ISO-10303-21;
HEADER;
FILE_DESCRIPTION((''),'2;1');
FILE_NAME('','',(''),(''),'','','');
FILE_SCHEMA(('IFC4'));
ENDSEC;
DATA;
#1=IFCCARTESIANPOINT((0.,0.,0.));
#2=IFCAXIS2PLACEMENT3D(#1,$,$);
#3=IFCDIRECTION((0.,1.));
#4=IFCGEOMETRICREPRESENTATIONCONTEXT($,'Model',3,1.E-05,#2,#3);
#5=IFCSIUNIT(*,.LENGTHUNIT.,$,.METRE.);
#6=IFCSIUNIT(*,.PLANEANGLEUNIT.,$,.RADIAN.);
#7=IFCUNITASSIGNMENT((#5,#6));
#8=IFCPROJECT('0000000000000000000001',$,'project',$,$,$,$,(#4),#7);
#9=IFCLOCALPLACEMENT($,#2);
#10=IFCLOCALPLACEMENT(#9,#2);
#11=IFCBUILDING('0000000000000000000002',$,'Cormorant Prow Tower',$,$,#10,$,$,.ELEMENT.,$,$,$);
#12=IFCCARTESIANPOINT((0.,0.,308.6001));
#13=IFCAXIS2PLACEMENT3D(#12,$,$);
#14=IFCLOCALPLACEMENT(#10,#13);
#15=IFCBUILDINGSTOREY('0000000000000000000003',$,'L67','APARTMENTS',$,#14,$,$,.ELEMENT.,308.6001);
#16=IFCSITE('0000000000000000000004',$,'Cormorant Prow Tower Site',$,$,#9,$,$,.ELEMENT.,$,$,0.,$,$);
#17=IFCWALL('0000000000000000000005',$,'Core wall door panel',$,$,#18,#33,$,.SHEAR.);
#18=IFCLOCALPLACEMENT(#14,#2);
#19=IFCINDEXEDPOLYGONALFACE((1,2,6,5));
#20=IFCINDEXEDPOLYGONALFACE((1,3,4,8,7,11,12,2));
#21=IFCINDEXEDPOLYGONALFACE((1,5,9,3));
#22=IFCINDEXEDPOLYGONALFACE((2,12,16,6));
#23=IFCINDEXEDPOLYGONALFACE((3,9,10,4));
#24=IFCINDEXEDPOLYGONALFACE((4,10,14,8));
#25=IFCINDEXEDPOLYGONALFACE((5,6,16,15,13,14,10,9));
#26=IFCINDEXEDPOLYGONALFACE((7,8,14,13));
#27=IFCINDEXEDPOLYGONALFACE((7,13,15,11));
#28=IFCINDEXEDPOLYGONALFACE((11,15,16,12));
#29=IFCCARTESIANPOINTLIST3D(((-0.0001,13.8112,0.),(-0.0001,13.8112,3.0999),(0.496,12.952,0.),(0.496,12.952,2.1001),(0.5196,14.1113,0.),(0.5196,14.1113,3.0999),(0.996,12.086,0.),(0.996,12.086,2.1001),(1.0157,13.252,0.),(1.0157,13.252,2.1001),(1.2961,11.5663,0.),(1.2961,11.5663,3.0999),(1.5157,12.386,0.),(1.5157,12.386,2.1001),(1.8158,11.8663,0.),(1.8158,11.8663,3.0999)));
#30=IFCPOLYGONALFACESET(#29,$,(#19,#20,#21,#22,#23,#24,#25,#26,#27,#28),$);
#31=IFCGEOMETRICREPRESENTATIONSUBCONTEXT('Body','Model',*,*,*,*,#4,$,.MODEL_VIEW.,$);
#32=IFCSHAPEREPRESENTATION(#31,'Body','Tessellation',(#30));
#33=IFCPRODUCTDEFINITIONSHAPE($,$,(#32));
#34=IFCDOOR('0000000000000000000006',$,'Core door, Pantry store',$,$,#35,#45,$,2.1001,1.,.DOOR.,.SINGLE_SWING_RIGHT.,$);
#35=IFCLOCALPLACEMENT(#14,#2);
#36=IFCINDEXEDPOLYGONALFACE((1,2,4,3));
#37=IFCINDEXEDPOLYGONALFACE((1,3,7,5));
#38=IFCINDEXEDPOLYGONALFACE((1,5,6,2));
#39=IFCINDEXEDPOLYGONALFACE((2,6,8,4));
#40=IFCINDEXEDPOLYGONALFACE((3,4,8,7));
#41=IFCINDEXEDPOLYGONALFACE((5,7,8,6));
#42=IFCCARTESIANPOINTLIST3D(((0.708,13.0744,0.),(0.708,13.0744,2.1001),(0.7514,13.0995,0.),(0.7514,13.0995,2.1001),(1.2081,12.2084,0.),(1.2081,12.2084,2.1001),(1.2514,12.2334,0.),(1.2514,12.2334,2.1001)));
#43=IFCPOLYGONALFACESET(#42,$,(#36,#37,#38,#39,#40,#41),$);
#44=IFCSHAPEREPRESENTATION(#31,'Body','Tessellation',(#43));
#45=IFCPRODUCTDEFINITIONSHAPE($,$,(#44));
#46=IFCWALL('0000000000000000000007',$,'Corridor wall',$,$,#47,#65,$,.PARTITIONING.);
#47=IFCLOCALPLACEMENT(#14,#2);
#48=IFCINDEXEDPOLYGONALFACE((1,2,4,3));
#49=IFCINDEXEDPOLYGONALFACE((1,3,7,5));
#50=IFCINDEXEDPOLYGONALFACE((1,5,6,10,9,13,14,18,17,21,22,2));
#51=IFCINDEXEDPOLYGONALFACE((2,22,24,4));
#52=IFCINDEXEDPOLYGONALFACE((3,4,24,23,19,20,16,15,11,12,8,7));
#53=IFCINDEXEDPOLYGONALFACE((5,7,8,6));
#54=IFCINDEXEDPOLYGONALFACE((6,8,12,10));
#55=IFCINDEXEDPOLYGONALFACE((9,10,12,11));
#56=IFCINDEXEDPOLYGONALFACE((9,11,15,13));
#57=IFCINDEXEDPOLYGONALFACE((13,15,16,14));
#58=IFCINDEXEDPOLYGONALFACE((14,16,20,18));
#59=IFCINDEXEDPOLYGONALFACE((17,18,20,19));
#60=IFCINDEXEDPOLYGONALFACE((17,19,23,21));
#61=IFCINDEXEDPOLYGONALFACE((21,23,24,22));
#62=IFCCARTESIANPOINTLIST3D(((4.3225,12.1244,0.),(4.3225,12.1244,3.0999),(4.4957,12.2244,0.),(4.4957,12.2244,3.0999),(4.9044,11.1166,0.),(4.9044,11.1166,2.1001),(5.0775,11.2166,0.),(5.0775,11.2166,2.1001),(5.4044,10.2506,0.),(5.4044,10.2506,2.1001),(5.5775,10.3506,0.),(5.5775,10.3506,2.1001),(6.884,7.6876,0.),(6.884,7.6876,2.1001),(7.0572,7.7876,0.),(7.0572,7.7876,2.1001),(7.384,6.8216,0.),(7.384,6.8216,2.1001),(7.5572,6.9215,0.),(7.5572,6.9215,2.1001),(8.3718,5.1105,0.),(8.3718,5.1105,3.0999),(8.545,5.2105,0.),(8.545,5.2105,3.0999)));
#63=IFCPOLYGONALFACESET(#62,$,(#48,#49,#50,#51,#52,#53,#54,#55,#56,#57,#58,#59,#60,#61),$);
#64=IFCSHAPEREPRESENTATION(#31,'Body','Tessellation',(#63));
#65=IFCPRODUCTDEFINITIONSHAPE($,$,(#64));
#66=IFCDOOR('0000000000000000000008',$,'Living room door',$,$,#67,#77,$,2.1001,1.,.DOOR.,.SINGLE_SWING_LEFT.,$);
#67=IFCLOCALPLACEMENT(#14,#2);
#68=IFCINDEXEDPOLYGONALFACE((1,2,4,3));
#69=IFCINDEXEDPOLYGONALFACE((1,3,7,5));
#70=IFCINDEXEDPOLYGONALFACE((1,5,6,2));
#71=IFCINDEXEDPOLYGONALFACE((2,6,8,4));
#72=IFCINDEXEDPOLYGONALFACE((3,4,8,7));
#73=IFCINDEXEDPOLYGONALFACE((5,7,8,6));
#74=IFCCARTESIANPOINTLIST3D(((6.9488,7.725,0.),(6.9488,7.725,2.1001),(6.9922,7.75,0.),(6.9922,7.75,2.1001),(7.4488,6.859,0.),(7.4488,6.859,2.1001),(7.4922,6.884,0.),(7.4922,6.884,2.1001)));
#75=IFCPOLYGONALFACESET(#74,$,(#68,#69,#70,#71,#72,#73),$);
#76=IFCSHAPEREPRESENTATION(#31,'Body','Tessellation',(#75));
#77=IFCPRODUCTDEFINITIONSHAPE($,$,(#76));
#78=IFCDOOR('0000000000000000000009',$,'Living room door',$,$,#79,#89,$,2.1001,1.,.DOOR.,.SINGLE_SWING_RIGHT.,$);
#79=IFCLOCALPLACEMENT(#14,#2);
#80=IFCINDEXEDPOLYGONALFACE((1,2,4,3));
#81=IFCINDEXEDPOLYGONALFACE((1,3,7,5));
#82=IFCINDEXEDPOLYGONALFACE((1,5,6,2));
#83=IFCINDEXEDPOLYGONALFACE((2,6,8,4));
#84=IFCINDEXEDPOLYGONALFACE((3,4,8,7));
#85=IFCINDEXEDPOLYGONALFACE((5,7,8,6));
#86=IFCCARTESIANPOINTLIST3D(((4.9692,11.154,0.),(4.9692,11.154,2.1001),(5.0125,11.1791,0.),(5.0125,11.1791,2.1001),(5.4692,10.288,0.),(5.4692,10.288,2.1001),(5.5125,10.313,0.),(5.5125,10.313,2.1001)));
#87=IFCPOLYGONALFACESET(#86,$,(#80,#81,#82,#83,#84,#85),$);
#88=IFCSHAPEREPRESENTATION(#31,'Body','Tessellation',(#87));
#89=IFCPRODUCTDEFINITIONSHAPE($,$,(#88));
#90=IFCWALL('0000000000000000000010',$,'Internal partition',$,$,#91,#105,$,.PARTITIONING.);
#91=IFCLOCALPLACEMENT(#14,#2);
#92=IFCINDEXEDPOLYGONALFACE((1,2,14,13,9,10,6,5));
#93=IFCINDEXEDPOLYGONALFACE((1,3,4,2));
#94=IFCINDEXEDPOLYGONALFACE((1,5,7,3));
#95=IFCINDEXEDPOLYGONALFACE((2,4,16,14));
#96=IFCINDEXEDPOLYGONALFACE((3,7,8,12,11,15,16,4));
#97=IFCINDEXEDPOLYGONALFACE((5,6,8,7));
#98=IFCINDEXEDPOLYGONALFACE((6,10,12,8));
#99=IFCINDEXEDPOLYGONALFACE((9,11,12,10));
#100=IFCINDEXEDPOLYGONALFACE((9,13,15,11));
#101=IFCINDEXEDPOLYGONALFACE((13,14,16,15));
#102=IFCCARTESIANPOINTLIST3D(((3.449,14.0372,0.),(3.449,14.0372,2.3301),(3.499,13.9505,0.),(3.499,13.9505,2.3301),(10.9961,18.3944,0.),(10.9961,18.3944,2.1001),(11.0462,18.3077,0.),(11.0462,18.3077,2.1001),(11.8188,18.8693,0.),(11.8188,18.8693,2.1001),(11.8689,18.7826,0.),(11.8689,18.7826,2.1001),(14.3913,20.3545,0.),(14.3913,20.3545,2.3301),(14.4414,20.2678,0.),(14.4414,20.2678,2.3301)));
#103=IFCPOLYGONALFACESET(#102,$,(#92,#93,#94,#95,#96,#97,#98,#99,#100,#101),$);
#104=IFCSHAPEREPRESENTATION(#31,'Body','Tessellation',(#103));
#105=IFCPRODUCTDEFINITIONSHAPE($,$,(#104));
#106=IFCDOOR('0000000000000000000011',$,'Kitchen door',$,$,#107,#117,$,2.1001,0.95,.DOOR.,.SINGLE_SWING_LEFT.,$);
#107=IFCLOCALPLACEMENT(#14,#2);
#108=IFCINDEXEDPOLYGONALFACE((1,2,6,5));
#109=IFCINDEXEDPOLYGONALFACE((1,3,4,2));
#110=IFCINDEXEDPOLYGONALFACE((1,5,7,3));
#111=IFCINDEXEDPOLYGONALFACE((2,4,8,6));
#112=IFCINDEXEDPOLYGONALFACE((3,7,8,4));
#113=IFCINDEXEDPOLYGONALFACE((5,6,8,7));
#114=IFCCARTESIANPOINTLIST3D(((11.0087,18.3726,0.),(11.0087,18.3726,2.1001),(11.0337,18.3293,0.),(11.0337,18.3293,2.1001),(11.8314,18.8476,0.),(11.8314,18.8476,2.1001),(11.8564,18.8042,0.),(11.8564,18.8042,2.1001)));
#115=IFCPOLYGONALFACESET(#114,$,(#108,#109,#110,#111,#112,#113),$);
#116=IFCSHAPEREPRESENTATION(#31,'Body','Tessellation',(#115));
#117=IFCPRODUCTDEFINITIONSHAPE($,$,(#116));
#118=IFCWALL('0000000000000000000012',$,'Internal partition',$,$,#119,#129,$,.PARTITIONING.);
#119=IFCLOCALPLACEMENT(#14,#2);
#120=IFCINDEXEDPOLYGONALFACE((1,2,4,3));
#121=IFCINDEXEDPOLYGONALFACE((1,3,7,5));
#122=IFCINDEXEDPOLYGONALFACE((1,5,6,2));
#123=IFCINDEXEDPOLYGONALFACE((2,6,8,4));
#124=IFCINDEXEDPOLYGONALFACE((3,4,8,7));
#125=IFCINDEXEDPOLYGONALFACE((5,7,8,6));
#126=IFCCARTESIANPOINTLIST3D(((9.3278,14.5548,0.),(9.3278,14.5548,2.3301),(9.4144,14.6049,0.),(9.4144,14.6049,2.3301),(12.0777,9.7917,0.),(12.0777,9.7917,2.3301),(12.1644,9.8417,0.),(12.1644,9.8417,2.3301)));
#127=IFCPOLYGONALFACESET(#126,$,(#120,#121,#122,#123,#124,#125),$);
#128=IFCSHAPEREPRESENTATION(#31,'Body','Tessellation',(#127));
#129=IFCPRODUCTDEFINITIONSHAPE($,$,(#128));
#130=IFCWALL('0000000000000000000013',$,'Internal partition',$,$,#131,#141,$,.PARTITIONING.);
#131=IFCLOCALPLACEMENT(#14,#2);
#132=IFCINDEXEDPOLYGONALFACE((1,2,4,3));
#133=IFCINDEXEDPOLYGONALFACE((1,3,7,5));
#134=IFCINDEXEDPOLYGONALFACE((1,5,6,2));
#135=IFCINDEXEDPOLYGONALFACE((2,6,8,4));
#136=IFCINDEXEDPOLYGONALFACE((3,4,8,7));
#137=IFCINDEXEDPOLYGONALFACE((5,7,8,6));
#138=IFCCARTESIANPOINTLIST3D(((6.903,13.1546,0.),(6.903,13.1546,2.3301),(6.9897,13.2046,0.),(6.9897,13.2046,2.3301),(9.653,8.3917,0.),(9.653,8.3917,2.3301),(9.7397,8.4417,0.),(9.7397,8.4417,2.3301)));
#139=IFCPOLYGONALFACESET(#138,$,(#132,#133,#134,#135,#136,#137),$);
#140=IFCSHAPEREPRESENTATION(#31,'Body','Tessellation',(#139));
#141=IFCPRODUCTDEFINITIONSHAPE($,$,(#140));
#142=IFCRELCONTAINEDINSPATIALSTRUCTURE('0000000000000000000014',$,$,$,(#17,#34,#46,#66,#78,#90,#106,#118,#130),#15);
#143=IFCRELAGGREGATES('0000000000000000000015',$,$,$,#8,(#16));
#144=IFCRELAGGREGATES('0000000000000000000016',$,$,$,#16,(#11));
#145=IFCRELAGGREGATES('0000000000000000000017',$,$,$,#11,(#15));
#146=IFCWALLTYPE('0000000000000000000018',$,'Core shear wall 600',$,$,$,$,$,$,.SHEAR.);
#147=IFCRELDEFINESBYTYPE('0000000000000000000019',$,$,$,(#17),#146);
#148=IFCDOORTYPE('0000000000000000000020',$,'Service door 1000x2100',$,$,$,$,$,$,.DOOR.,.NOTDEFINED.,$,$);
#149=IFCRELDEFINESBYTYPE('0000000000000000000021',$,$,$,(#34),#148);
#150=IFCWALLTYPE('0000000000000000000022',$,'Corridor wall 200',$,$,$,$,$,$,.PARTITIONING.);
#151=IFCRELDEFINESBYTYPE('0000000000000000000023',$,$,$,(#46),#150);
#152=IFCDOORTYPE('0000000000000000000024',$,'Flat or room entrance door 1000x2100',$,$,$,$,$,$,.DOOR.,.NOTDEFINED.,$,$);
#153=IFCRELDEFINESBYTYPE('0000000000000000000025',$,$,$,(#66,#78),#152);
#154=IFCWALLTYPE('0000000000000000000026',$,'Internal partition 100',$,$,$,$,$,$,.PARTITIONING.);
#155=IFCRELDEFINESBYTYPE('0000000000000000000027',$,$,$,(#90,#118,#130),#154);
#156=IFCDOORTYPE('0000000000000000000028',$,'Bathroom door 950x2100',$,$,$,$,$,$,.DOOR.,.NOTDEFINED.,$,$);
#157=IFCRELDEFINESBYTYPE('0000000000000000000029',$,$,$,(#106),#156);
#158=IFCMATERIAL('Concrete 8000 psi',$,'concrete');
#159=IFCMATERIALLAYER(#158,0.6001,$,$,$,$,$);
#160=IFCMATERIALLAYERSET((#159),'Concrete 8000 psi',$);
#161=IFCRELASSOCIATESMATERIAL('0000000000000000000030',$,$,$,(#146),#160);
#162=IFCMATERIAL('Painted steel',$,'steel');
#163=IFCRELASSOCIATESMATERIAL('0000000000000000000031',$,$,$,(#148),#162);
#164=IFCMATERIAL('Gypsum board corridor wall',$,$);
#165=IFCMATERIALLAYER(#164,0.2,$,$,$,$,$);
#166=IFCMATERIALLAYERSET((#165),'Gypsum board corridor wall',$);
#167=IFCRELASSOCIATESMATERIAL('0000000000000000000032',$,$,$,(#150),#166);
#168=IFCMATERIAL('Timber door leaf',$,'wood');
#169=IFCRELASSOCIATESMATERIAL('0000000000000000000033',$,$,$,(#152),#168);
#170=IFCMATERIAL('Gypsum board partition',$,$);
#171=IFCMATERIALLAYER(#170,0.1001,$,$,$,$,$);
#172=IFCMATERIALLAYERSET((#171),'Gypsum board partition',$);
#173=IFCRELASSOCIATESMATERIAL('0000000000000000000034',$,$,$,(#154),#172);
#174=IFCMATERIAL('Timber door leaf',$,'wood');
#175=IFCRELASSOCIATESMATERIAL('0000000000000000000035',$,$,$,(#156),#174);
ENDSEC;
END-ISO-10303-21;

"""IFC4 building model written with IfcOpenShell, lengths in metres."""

from ifc_helpers import new_model, si_unit, direction, frame, frame_2d, origin, place, context, subcontext, project, spatial, rectangle, extrude, material, layer, layer_set, type_object, element, fill, save


model = new_model("IFC4")

# Units and contexts
model_context = context("Model", 3, precision=1e-05, world=origin(), true_north=direction((0.0, 1.0)))
body_context = subcontext(model_context, "Body", "Model", "MODEL_VIEW")
ifc_project = project(units=[si_unit("LENGTHUNIT", "METRE"), si_unit("PLANEANGLEUNIT", "RADIAN")], contexts=[model_context])

# Site, building, storey
site_placement = place(None, origin())
site = spatial("IfcSite", under=ifc_project, at=site_placement, Name="Cormorant Prow Tower Site", CompositionType="ELEMENT", RefElevation=0.0)
building_placement = place(site_placement, origin())
building = spatial("IfcBuilding", under=site, at=building_placement, Name="Cormorant Prow Tower", CompositionType="ELEMENT")
storey_placement = place(building_placement, frame((0.0, 0.0, 308.6001)))
storey = spatial("IfcBuildingStorey", under=building, at=storey_placement, Name="L67", Description="APARTMENTS", CompositionType="ELEMENT", Elevation=308.6001)

# Wall, opening, door
ifc_material_1 = material(Name="Concrete 8000 psi", Category="concrete")
ifc_layer_1 = layer(ifc_material_1, 0.6001)
ifc_layer_set_1 = layer_set([ifc_layer_1], Name="Concrete 8000 psi")
wall_type_1 = type_object("IfcWallType", Name="Core shear wall 600", PredefinedType="SHEAR", material=ifc_layer_set_1)
wall_1_placement = place(storey_placement, frame((1.5559, 11.7163, 0.0), z_axis=(0.0, 0.0, 1.0), x_axis=(-0.500019, 0.866015, 0.0)))
wall_1 = element("IfcWall", 1, at=wall_1_placement, inside=storey, type_object=wall_type_1, Name="Core wall door panel", PredefinedType="SHEAR", context=body_context, shape_type="SweptSolid", body=[
    extrude(rectangle(XDim=2.5923, YDim=0.6001, at=frame_2d((1.2961, 0.0))), origin(), (0.0, 0.0, 1.0), 3.0999),
])
opening_1_placement = place(wall_1_placement, frame((0.6001, 0.0, 0.0)))
opening_1 = element("IfcOpeningElement", 2, at=opening_1_placement, cuts=wall_1, PredefinedType="OPENING", context=body_context, shape_type="SweptSolid", body=[
    extrude(rectangle(XDim=1.0, YDim=2.1001, at=frame_2d((0.5, 1.05))), frame((0.0, 0.3101, 0.0), z_axis=(0.0, -1.0, 0.0), x_axis=(1.0, 0.0, 0.0)), (0.0, 0.0, 1.0), 0.6201),
])
ifc_material_2 = material(Name="Painted steel", Category="steel")
door_type_1 = type_object("IfcDoorType", Name="Service door 1000x2100", OperationType="NOTDEFINED", PredefinedType="DOOR", material=ifc_material_2)
door_1_placement = place(opening_1_placement, origin())
door_1 = element("IfcDoor", 3, at=door_1_placement, inside=storey, type_object=door_type_1, Name="Core door, Pantry store", OperationType="SINGLE_SWING_RIGHT", OverallHeight=2.1001, OverallWidth=1.0, PredefinedType="DOOR", context=body_context, shape_type="SweptSolid", body=[
    extrude(rectangle(XDim=1.0, YDim=2.1001, at=frame_2d((0.5, 1.05))), frame((0.0, 0.0552, 0.0), z_axis=(0.0, -1.0, 0.0), x_axis=(1.0, 0.0, 0.0)), (0.0, 0.0, 1.0), 0.05),
])
fill(opening_1, door_1)

# Wall, openings, doors
ifc_material_3 = material(Name="Gypsum board corridor wall")
ifc_layer_2 = layer(ifc_material_3, 0.2)
ifc_layer_set_2 = layer_set([ifc_layer_2], Name="Gypsum board corridor wall")
wall_type_2 = type_object("IfcWallType", Name="Corridor wall 200", PredefinedType="PARTITIONING", material=ifc_layer_set_2)
wall_2_placement = place(storey_placement, frame((4.4092, 12.1743, 0.0), z_axis=(0.0, 0.0, 1.0), x_axis=(0.499984, -0.866034, 0.0)))
wall_2 = element("IfcWall", 4, at=wall_2_placement, inside=storey, type_object=wall_type_2, Name="Corridor wall", PredefinedType="PARTITIONING", context=body_context, shape_type="SweptSolid", body=[
    extrude(rectangle(XDim=8.0989, YDim=0.2, at=frame_2d((4.0493, 0.0))), origin(), (0.0, 0.0, 1.0), 3.0999),
])
opening_2_placement = place(wall_2_placement, frame((5.123, 0.0, 0.0)))
opening_2 = element("IfcOpeningElement", 5, at=opening_2_placement, cuts=wall_2, PredefinedType="OPENING", context=body_context, shape_type="SweptSolid", body=[
    extrude(rectangle(XDim=1.0, YDim=2.1001, at=frame_2d((0.5, 1.05))), frame((0.0, 0.1099, 0.0), z_axis=(0.0, -1.0, 0.0), x_axis=(1.0, 0.0, 0.0)), (0.0, 0.0, 1.0), 0.22),
])
opening_3_placement = place(wall_2_placement, frame((1.1636, 0.0, 0.0)))
opening_3 = element("IfcOpeningElement", 6, at=opening_3_placement, cuts=wall_2, PredefinedType="OPENING", context=body_context, shape_type="SweptSolid", body=[
    extrude(rectangle(XDim=1.0, YDim=2.1001, at=frame_2d((0.5, 1.05))), frame((0.0, 0.1099, 0.0), z_axis=(0.0, -1.0, 0.0), x_axis=(1.0, 0.0, 0.0)), (0.0, 0.0, 1.0), 0.22),
])
ifc_material_4 = material(Name="Timber door leaf", Category="wood")
door_type_2 = type_object("IfcDoorType", Name="Flat or room entrance door 1000x2100", OperationType="NOTDEFINED", PredefinedType="DOOR", material=ifc_material_4)
door_2_placement = place(opening_2_placement, origin())
door_2 = element("IfcDoor", 7, at=door_2_placement, inside=storey, type_object=door_type_2, Name="Living room door", OperationType="SINGLE_SWING_LEFT", OverallHeight=2.1001, OverallWidth=1.0, PredefinedType="DOOR", context=body_context, shape_type="SweptSolid", body=[
    extrude(rectangle(XDim=1.0, YDim=2.1001, at=frame_2d((0.5, 1.05))), frame((0.0, 0.0249, 0.0), z_axis=(0.0, -1.0, 0.0), x_axis=(1.0, 0.0, 0.0)), (0.0, 0.0, 1.0), 0.05),
])
fill(opening_2, door_2)
door_3_placement = place(opening_3_placement, origin())
door_3 = element("IfcDoor", 8, at=door_3_placement, inside=storey, type_object=door_type_2, Name="Living room door", OperationType="SINGLE_SWING_RIGHT", OverallHeight=2.1001, OverallWidth=1.0, PredefinedType="DOOR", context=body_context, shape_type="SweptSolid", body=[
    extrude(rectangle(XDim=1.0, YDim=2.1001, at=frame_2d((0.5, 1.05))), frame((0.0, 0.0249, 0.0), z_axis=(0.0, -1.0, 0.0), x_axis=(1.0, 0.0, 0.0)), (0.0, 0.0, 1.0), 0.05),
])
fill(opening_3, door_3)

# Wall, opening, door
ifc_material_5 = material(Name="Gypsum board partition")
ifc_layer_3 = layer(ifc_material_5, 0.1001)
ifc_layer_set_3 = layer_set([ifc_layer_3], Name="Gypsum board partition")
wall_type_3 = type_object("IfcWallType", Name="Internal partition 100", PredefinedType="PARTITIONING", material=ifc_layer_set_3)
wall_3_placement = place(storey_placement, frame((3.4741, 13.9939, 0.0), z_axis=(0.0, 0.0, 1.0), x_axis=(0.866032, 0.499988, 0.0)))
wall_3 = element("IfcWall", 9, at=wall_3_placement, inside=storey, type_object=wall_type_3, Name="Internal partition", PredefinedType="PARTITIONING", context=body_context, shape_type="SweptSolid", body=[
    extrude(rectangle(XDim=12.635, YDim=0.1001, at=frame_2d((6.3174, 0.0))), origin(), (0.0, 0.0, 1.0), 2.3301),
])
opening_4_placement = place(wall_3_placement, frame((8.7144, 0.0, 0.0)))
opening_4 = element("IfcOpeningElement", 10, at=opening_4_placement, cuts=wall_3, PredefinedType="OPENING", context=body_context, shape_type="SweptSolid", body=[
    extrude(rectangle(XDim=0.95, YDim=2.1001, at=frame_2d((0.4751, 1.05))), frame((0.0, 0.0601, 0.0), z_axis=(0.0, -1.0, 0.0), x_axis=(1.0, 0.0, 0.0)), (0.0, 0.0, 1.0), 0.1201),
])
ifc_material_6 = material(Name="Timber door leaf", Category="wood")
door_type_3 = type_object("IfcDoorType", Name="Bathroom door 950x2100", OperationType="NOTDEFINED", PredefinedType="DOOR", material=ifc_material_6)
door_4_placement = place(opening_4_placement, origin())
door_4 = element("IfcDoor", 11, at=door_4_placement, inside=storey, type_object=door_type_3, Name="Kitchen door", OperationType="SINGLE_SWING_LEFT", OverallHeight=2.1001, OverallWidth=0.95, PredefinedType="DOOR", context=body_context, shape_type="SweptSolid", body=[
    extrude(rectangle(XDim=0.95, YDim=2.1001, at=frame_2d((0.4751, 1.05))), frame((0.0, 0.0249, 0.0), z_axis=(0.0, -1.0, 0.0), x_axis=(1.0, 0.0, 0.0)), (0.0, 0.0, 1.0), 0.05),
])
fill(opening_4, door_4)

# Walls
wall_4_placement = place(storey_placement, frame((9.3711, 14.5798, 0.0), z_axis=(0.0, 0.0, 1.0), x_axis=(0.499997, -0.866027, 0.0)))
element("IfcWall", 12, at=wall_4_placement, inside=storey, type_object=wall_type_3, Name="Internal partition", PredefinedType="PARTITIONING", context=body_context, shape_type="SweptSolid", body=[
    extrude(rectangle(XDim=5.5, YDim=0.1001, at=frame_2d((2.75, 0.0))), origin(), (0.0, 0.0, 1.0), 2.3301),
])
wall_5_placement = place(storey_placement, frame((6.9463, 13.1797, 0.0), z_axis=(0.0, 0.0, 1.0), x_axis=(0.500016, -0.866016, 0.0)))
element("IfcWall", 13, at=wall_5_placement, inside=storey, type_object=wall_type_3, Name="Internal partition", PredefinedType="PARTITIONING", context=body_context, shape_type="SweptSolid", body=[
    extrude(rectangle(XDim=5.4998, YDim=0.1001, at=frame_2d((2.75, 0.0))), origin(), (0.0, 0.0, 1.0), 2.3301),
])

save(model, "model.ifc")
